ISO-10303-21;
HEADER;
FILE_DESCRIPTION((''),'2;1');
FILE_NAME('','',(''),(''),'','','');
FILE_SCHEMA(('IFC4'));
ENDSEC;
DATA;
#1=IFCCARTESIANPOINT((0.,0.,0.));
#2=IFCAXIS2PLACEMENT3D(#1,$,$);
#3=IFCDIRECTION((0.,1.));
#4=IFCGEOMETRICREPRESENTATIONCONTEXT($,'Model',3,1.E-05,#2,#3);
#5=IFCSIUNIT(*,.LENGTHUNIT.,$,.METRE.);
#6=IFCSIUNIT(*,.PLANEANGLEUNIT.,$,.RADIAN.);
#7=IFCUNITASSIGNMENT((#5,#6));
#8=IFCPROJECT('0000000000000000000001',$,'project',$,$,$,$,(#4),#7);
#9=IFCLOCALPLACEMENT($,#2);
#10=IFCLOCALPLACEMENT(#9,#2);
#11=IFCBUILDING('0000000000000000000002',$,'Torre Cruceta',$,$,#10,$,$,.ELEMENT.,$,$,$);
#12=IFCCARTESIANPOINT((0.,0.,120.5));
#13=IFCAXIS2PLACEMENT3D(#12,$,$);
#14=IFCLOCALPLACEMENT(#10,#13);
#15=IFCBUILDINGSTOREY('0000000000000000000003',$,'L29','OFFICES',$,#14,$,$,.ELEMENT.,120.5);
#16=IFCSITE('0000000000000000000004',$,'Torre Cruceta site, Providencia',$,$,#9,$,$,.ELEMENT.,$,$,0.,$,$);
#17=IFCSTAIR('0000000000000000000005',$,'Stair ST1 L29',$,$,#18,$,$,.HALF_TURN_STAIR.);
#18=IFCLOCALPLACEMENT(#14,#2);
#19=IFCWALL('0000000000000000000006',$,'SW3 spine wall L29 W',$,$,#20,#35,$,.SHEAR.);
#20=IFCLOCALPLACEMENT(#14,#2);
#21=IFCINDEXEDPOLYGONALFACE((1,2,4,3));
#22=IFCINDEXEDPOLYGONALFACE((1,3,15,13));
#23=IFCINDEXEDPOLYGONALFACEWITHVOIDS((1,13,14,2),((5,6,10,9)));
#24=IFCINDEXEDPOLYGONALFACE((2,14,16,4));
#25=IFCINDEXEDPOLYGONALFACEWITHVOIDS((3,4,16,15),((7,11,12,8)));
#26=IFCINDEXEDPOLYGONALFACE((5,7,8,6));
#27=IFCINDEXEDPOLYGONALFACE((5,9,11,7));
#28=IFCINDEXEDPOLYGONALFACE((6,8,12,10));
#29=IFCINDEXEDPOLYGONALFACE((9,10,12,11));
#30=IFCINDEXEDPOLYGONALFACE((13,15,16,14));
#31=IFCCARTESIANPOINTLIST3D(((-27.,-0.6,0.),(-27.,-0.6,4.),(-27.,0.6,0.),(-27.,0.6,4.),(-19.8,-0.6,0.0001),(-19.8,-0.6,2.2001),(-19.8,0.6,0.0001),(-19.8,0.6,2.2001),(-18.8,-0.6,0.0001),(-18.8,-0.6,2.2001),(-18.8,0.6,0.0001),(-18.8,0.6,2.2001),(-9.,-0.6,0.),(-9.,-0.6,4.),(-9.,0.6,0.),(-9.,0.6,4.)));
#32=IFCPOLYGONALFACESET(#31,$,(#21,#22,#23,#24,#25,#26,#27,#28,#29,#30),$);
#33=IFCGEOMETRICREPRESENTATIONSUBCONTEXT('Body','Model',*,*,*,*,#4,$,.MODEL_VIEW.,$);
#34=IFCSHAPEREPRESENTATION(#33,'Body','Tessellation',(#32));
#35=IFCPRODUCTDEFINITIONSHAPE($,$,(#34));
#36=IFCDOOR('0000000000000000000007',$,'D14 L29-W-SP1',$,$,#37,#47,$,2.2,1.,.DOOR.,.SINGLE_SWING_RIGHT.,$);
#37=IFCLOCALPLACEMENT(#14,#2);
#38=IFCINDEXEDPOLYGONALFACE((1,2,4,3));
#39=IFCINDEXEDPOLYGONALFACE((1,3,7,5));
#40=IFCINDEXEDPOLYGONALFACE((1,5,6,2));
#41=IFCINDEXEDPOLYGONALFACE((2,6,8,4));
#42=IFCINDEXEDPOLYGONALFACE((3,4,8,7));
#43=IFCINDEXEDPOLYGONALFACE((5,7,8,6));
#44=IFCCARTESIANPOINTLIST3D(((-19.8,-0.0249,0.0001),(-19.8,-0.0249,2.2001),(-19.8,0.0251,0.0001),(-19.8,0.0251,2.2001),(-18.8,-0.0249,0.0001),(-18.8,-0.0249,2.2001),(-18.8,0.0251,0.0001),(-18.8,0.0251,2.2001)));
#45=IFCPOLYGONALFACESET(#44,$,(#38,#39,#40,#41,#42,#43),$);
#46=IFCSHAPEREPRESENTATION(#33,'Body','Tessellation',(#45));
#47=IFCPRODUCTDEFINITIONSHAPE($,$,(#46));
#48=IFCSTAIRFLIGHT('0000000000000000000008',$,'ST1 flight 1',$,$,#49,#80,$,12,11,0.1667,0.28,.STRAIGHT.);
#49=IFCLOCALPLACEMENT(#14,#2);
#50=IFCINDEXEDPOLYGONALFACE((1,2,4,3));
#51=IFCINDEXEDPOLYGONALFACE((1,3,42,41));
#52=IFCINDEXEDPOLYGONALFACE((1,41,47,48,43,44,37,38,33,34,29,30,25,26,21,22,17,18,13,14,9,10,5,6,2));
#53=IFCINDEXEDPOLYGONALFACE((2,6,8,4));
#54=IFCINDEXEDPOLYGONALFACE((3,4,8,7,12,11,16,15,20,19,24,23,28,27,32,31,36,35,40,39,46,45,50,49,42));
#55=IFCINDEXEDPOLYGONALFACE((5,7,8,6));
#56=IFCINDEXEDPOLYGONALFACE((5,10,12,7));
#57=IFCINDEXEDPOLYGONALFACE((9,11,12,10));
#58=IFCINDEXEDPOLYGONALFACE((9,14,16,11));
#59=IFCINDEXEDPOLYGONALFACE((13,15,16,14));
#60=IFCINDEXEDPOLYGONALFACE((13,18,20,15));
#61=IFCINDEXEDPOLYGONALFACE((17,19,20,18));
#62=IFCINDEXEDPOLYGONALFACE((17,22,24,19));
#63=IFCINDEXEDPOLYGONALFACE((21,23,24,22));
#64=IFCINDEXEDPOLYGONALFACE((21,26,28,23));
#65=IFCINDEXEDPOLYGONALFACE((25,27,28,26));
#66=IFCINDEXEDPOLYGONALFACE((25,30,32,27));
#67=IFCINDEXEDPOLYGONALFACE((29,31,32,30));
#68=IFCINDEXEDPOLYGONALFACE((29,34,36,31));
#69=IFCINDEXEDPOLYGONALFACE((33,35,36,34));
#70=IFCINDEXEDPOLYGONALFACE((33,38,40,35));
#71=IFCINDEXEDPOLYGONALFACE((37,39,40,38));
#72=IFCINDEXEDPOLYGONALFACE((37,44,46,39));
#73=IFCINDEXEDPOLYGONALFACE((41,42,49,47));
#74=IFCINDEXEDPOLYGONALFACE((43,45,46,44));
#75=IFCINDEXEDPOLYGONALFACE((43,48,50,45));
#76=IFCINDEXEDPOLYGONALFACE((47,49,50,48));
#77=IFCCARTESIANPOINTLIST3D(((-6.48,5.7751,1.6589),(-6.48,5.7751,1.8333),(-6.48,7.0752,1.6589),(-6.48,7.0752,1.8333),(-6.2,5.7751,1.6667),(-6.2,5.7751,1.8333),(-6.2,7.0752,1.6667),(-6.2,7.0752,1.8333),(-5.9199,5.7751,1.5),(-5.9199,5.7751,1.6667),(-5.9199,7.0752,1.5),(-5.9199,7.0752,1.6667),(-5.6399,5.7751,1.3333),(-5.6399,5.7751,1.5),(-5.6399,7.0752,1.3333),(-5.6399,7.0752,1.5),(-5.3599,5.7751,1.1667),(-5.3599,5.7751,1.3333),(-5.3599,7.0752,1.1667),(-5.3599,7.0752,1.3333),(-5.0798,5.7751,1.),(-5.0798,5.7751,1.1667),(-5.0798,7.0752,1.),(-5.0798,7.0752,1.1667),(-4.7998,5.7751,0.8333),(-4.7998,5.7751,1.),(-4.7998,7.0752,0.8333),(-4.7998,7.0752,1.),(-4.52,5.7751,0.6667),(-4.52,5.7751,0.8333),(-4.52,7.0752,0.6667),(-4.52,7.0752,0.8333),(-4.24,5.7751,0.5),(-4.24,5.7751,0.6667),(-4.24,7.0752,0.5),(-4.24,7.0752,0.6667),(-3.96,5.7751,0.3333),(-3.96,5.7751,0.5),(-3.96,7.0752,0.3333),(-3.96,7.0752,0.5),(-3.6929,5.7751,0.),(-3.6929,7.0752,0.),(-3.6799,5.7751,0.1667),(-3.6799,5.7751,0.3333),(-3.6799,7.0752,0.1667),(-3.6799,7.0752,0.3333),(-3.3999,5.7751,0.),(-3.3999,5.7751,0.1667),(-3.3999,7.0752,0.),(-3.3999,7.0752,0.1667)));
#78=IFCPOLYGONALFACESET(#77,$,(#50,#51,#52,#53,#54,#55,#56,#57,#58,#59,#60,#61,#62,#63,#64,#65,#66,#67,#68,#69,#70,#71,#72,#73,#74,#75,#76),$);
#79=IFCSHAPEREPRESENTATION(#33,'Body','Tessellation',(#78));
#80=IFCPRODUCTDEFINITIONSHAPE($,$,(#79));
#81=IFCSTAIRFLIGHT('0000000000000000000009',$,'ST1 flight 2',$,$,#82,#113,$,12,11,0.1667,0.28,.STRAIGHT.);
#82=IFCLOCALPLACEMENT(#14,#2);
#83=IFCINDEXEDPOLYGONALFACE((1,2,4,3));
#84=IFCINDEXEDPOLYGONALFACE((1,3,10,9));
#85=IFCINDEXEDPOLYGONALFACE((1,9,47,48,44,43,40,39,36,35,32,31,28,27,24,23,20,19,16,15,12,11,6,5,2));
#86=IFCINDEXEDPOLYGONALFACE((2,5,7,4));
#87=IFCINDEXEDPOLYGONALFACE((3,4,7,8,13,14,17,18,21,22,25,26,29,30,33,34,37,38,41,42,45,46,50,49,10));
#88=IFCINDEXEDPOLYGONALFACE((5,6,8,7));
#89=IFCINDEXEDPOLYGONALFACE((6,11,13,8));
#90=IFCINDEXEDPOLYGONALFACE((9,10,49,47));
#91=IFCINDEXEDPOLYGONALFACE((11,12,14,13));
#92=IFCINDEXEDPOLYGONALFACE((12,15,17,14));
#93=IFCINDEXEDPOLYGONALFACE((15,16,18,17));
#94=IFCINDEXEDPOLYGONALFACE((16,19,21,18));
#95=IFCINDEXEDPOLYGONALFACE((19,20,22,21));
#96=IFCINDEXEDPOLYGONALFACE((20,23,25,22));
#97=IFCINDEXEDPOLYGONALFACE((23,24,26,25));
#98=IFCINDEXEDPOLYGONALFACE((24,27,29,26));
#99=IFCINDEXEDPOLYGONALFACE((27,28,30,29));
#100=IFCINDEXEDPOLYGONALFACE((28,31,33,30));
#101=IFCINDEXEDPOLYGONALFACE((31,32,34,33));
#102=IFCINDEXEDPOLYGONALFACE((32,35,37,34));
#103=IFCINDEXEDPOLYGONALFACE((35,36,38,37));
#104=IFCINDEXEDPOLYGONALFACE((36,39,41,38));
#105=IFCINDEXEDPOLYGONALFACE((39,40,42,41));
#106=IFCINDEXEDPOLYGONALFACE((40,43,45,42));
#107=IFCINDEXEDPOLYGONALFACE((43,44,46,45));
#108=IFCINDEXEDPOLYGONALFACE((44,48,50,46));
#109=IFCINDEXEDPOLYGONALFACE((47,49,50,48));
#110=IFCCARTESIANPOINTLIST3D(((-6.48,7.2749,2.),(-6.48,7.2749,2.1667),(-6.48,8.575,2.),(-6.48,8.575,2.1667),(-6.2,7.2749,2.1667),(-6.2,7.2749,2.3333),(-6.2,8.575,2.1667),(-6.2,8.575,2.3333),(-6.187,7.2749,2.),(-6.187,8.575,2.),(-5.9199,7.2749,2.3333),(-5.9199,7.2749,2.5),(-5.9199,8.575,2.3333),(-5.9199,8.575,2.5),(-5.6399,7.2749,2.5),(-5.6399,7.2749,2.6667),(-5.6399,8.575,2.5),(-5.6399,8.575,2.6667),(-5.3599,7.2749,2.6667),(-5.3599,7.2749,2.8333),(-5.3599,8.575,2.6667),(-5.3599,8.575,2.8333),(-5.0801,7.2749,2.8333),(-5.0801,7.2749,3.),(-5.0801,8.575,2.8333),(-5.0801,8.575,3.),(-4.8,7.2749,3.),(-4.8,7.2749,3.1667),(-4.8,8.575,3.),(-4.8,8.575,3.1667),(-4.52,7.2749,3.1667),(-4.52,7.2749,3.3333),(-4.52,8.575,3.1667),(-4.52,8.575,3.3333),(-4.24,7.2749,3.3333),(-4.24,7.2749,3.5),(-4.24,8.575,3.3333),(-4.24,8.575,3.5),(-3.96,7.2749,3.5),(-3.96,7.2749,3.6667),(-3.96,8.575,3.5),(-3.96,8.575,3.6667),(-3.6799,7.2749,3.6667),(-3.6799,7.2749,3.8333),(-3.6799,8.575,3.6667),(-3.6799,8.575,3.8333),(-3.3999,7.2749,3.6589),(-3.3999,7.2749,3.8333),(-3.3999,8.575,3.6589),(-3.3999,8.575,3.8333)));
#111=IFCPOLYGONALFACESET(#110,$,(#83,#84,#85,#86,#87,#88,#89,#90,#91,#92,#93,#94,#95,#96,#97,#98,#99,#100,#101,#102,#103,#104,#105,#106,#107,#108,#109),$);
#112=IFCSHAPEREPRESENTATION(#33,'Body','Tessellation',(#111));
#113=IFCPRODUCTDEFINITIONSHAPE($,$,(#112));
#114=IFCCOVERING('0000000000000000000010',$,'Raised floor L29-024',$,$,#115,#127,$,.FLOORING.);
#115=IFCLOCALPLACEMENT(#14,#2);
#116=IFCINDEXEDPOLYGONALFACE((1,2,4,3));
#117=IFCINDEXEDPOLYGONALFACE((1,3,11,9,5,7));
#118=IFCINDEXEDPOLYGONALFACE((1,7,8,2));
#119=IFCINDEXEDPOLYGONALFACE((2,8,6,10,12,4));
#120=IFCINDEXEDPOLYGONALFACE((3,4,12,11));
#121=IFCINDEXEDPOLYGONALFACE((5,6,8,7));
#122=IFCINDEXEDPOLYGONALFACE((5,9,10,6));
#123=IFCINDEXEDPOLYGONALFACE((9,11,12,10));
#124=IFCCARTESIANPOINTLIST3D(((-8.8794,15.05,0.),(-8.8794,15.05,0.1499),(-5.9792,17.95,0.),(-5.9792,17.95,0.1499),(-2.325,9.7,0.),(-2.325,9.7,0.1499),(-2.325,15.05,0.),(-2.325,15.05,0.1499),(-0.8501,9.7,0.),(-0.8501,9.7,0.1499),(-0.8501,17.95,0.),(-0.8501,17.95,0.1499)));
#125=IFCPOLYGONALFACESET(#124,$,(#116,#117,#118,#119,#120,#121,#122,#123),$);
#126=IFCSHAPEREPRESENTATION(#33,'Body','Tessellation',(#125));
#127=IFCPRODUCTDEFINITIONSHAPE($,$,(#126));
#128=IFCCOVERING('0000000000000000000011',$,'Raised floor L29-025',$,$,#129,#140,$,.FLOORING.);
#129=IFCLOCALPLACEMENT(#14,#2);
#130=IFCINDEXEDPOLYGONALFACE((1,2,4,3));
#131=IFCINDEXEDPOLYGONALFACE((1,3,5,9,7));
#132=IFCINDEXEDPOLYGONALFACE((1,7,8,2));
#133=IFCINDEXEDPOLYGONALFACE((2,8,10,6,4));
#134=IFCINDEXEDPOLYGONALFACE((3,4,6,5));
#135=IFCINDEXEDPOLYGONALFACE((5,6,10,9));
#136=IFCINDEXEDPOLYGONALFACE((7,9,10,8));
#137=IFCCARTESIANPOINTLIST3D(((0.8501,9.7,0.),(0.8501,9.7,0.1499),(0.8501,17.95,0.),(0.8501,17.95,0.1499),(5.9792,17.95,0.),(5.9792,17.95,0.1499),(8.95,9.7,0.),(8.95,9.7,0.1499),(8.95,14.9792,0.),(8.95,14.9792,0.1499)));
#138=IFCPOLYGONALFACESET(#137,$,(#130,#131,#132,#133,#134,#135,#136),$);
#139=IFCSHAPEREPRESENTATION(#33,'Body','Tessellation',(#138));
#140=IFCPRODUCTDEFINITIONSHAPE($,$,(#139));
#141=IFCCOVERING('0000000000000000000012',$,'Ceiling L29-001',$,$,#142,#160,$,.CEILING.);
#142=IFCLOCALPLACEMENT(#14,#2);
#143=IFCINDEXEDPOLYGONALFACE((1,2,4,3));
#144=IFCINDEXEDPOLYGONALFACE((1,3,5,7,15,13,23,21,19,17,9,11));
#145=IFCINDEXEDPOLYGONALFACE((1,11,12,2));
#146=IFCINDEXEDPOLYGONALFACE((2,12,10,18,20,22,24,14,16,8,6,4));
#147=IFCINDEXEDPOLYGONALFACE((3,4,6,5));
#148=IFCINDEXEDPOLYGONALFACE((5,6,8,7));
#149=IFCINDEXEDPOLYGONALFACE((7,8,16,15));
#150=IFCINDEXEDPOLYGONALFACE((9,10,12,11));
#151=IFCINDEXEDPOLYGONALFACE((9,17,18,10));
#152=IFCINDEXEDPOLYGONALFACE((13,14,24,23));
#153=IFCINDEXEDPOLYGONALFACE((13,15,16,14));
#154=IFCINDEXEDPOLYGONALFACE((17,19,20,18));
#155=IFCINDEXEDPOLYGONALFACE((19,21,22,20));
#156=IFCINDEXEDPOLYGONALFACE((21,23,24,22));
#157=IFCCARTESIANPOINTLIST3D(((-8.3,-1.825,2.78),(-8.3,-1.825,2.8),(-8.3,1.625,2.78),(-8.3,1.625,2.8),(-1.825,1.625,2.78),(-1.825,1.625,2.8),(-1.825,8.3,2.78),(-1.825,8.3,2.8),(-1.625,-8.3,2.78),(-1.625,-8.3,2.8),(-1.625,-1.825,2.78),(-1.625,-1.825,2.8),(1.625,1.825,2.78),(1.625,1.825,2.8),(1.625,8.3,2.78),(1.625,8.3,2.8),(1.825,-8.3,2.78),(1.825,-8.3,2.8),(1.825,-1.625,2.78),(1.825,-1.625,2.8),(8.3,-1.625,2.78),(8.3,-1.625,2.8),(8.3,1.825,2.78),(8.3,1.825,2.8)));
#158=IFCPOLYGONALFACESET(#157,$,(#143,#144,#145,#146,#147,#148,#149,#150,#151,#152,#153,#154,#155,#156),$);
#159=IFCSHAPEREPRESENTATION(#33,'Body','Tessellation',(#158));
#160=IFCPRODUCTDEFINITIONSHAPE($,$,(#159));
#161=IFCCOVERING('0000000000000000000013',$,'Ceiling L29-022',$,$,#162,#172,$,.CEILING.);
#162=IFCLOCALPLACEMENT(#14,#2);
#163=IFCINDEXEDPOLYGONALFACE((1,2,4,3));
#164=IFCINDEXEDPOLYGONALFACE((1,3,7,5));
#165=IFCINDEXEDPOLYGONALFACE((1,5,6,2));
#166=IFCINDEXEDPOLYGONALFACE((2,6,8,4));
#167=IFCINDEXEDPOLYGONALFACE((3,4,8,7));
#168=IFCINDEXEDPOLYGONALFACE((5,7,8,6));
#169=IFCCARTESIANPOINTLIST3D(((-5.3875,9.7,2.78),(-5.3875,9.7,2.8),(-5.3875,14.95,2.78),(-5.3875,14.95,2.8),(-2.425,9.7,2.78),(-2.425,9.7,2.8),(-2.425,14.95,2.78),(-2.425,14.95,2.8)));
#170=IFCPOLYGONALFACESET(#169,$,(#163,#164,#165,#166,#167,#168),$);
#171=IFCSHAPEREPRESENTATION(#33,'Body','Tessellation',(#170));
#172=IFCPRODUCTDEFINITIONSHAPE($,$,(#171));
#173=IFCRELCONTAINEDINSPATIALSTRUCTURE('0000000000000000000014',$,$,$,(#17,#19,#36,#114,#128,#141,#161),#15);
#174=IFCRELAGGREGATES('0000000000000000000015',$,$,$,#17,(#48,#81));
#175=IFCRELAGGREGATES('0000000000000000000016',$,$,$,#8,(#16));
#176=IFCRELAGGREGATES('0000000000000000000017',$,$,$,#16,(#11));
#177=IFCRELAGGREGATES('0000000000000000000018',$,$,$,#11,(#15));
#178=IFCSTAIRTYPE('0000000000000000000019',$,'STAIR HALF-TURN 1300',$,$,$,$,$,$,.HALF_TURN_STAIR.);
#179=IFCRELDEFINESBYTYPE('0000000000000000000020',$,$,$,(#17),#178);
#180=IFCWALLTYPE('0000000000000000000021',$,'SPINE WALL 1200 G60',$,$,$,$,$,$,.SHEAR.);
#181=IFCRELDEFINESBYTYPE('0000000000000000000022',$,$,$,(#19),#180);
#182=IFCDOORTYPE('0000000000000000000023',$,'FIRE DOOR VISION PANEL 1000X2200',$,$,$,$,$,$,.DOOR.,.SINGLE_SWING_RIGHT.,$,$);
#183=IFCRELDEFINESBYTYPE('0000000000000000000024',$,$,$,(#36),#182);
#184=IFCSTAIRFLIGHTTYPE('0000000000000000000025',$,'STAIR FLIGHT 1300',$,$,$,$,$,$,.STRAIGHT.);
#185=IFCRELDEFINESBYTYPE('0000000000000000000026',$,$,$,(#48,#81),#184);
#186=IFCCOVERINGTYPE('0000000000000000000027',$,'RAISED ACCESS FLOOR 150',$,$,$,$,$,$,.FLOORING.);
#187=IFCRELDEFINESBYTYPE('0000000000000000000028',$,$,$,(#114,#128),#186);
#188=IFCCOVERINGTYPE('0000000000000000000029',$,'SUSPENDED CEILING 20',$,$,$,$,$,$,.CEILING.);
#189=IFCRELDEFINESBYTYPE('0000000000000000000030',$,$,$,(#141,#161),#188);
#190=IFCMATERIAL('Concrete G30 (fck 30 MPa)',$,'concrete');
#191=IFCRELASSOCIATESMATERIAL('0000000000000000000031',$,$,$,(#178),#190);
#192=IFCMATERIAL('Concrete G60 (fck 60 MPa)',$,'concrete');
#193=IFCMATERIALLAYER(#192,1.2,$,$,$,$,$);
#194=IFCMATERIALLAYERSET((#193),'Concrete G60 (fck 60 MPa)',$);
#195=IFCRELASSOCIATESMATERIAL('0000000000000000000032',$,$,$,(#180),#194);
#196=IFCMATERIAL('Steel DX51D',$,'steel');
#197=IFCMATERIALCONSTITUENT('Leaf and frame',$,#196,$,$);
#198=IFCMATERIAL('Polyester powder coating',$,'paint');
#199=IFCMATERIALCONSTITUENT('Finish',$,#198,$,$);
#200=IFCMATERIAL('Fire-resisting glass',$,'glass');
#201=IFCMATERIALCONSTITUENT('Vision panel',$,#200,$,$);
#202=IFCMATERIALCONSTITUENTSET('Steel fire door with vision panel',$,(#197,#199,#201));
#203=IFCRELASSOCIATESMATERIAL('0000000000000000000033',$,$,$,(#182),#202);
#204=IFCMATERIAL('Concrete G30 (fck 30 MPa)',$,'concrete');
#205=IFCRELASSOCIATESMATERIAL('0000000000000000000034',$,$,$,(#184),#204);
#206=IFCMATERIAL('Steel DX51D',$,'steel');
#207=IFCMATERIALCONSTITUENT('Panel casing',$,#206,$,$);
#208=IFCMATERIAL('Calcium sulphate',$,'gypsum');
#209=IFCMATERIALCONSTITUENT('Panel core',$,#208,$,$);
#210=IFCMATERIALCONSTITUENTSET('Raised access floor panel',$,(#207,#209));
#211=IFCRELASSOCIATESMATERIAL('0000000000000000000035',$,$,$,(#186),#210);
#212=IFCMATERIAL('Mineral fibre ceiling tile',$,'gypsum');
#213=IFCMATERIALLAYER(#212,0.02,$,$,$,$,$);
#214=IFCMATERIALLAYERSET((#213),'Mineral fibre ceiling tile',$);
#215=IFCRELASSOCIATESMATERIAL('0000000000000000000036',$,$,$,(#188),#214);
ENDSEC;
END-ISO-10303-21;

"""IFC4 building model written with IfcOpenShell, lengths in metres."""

from ifc_helpers import new_model, si_unit, direction, frame, frame_2d, origin, place, context, subcontext, project, spatial, polyline, rectangle, outline, extrude, material, layer, layer_set, constituent, constituent_set, type_object, element, fill, aggregate, save


model = new_model("IFC4")

# Units and contexts
model_context = context("Model", 3, precision=1e-05, world=origin(), true_north=direction((0.0, 1.0)))
body_context = subcontext(model_context, "Body", "Model", "MODEL_VIEW")
ifc_project = project(units=[si_unit("LENGTHUNIT", "METRE"), si_unit("PLANEANGLEUNIT", "RADIAN")], contexts=[model_context])

# Site, building, storey
site_placement = place(None, origin())
site = spatial("IfcSite", under=ifc_project, at=site_placement, Name="Torre Cruceta site, Providencia", CompositionType="ELEMENT", RefElevation=0.0)
building_placement = place(site_placement, origin())
building = spatial("IfcBuilding", under=site, at=building_placement, Name="Torre Cruceta", CompositionType="ELEMENT")
storey_placement = place(building_placement, frame((0.0, 0.0, 120.5)))
storey = spatial("IfcBuildingStorey", under=building, at=storey_placement, Name="L29", Description="OFFICES", CompositionType="ELEMENT", Elevation=120.5)

# Stair
ifc_material_1 = material(Name="Concrete G30 (fck 30 MPa)", Category="concrete")
stair_type = type_object("IfcStairType", Name="STAIR HALF-TURN 1300", PredefinedType="HALF_TURN_STAIR", material=ifc_material_1)
stair_1_placement = place(storey_placement, origin())
stair_1 = element("IfcStair", 1, at=stair_1_placement, inside=storey, type_object=stair_type, Name="Stair ST1 L29", PredefinedType="HALF_TURN_STAIR")

# Wall, opening, door
ifc_material_2 = material(Name="Concrete G60 (fck 60 MPa)", Category="concrete")
ifc_layer_1 = layer(ifc_material_2, 1.2)
ifc_layer_set_1 = layer_set([ifc_layer_1], Name="Concrete G60 (fck 60 MPa)")
wall_type_1 = type_object("IfcWallType", Name="SPINE WALL 1200 G60", PredefinedType="SHEAR", material=ifc_layer_set_1)
wall_1_placement = place(storey_placement, frame((-9.0, 0.0, 0.0), z_axis=(0.0, 0.0, 1.0), x_axis=(-1.0, 0.0, 0.0)))
wall_1 = element("IfcWall", 2, at=wall_1_placement, inside=storey, type_object=wall_type_1, Name="SW3 spine wall L29 W", PredefinedType="SHEAR", context=body_context, shape_type="SweptSolid", body=[
    extrude(rectangle(XDim=18.0, YDim=1.2, at=frame_2d((9.0, 0.0))), origin(), (0.0, 0.0, 1.0), 4.0),
])
opening_1_placement = place(wall_1_placement, frame((9.8, 0.0, 0.0)))
opening_1 = element("IfcOpeningElement", 3, at=opening_1_placement, cuts=wall_1, PredefinedType="OPENING", context=body_context, shape_type="SweptSolid", body=[
    extrude(rectangle(XDim=1.0, YDim=2.2, at=frame_2d((0.5, 1.1001))), frame((0.0, 0.6099, 0.0), z_axis=(0.0, -1.0, 0.0), x_axis=(1.0, 0.0, 0.0)), (0.0, 0.0, 1.0), 1.22),
])
ifc_material_3 = material(Name="Steel DX51D", Category="steel")
ifc_constituent_1 = constituent(ifc_material_3, Name="Leaf and frame")
ifc_material_4 = material(Name="Polyester powder coating", Category="paint")
ifc_constituent_2 = constituent(ifc_material_4, Name="Finish")
ifc_material_5 = material(Name="Fire-resisting glass", Category="glass")
ifc_constituent_3 = constituent(ifc_material_5, Name="Vision panel")
ifc_constituent_set_1 = constituent_set(constituents=[ifc_constituent_1, ifc_constituent_2, ifc_constituent_3], Name="Steel fire door with vision panel")
door_type_1 = type_object("IfcDoorType", Name="FIRE DOOR VISION PANEL 1000X2200", OperationType="SINGLE_SWING_RIGHT", PredefinedType="DOOR", material=ifc_constituent_set_1)
door_1_placement = place(opening_1_placement, frame((1.0, 0.0, 0.0), z_axis=(0.0, 0.0, 1.0), x_axis=(-1.0, 0.0, 0.0)))
door_1 = element("IfcDoor", 4, at=door_1_placement, inside=storey, type_object=door_type_1, Name="D14 L29-W-SP1", OperationType="SINGLE_SWING_RIGHT", OverallHeight=2.2, OverallWidth=1.0, PredefinedType="DOOR", context=body_context, shape_type="SweptSolid", body=[
    extrude(rectangle(XDim=1.0, YDim=2.2, at=frame_2d((0.5, 1.1001))), frame((0.0, 0.0251, 0.0), z_axis=(0.0, -1.0, 0.0), x_axis=(1.0, 0.0, 0.0)), (0.0, 0.0, 1.0), 0.05),
])
fill(opening_1, door_1)

# Stair flights
ifc_material_6 = material(Name="Concrete G30 (fck 30 MPa)", Category="concrete")
stair_flight_type = type_object("IfcStairFlightType", Name="STAIR FLIGHT 1300", PredefinedType="STRAIGHT", material=ifc_material_6)
stair_flight_1_placement = place(storey_placement, frame((-3.3999, 6.425, 0.0), z_axis=(0.0, 0.0, 1.0), x_axis=(-1.0, 0.0, 0.0)))
stair_flight_1 = element("IfcStairFlight", 5, at=stair_flight_1_placement, type_object=stair_flight_type, Name="ST1 flight 1", NumberOfRisers=12, NumberOfTreads=11, PredefinedType="STRAIGHT", RiserHeight=0.1667, TreadLength=0.28, context=body_context, shape_type="SweptSolid", body=[
    extrude(outline(polyline([(0.0, 0.0), (0.0, 0.1667), (0.28, 0.1667), (0.28, 0.3333), (0.5601, 0.3333), (0.5601, 0.5), (0.8401, 0.5), (0.8401, 0.6667), (1.1201, 0.6667), (1.1201, 0.8333), (1.3999, 0.8333), (1.3999, 1.0), (1.6799, 1.0), (1.6799, 1.1667), (1.96, 1.1667), (1.96, 1.3333), (2.24, 1.3333), (2.24, 1.5), (2.52, 1.5), (2.52, 1.6667), (2.8, 1.6667), (2.8, 1.8333), (3.0801, 1.8333), (3.0801, 2.0), (3.0801, 1.6589), (0.293, 0.0), (0.0, 0.0)])), frame((0.0, 0.6499, 0.0), z_axis=(0.0, -1.0, 0.0), x_axis=(1.0, 0.0, 0.0)), (0.0, 0.0, 1.0), 1.3),
])
stair_flight_2_placement = place(storey_placement, frame((-6.48, 7.925, 2.0), z_axis=(0.0, 0.0, 1.0), x_axis=(1.0, 0.0, 0.0)))
stair_flight_2 = element("IfcStairFlight", 6, at=stair_flight_2_placement, type_object=stair_flight_type, Name="ST1 flight 2", NumberOfRisers=12, NumberOfTreads=11, PredefinedType="STRAIGHT", RiserHeight=0.1667, TreadLength=0.28, context=body_context, shape_type="SweptSolid", body=[
    extrude(outline(polyline([(0.0, 0.0), (0.0, 0.1667), (0.28, 0.1667), (0.28, 0.3333), (0.5601, 0.3333), (0.5601, 0.5), (0.8401, 0.5), (0.8401, 0.6667), (1.1201, 0.6667), (1.1201, 0.8333), (1.3999, 0.8333), (1.3999, 1.0), (1.6799, 1.0), (1.6799, 1.1667), (1.96, 1.1667), (1.96, 1.3333), (2.24, 1.3333), (2.24, 1.5), (2.52, 1.5), (2.52, 1.6667), (2.8, 1.6667), (2.8, 1.8333), (3.0801, 1.8333), (3.0801, 2.0), (3.0801, 1.6589), (0.293, 0.0), (0.0, 0.0)])), frame((0.0, 0.6499, 0.0), z_axis=(0.0, -1.0, 0.0), x_axis=(1.0, 0.0, 0.0)), (0.0, 0.0, 1.0), 1.3),
])
aggregate(stair_1, [stair_flight_1, stair_flight_2])

# Coverings
ifc_material_7 = material(Name="Steel DX51D", Category="steel")
ifc_constituent_4 = constituent(ifc_material_7, Name="Panel casing")
ifc_material_8 = material(Name="Calcium sulphate", Category="gypsum")
ifc_constituent_5 = constituent(ifc_material_8, Name="Panel core")
ifc_constituent_set_2 = constituent_set(constituents=[ifc_constituent_4, ifc_constituent_5], Name="Raised access floor panel")
covering_type_1 = type_object("IfcCoveringType", Name="RAISED ACCESS FLOOR 150", PredefinedType="FLOORING", material=ifc_constituent_set_2)
covering_1_placement = place(storey_placement, origin())
element("IfcCovering", 7, at=covering_1_placement, inside=storey, type_object=covering_type_1, Name="Raised floor L29-024", PredefinedType="FLOORING", context=body_context, shape_type="SweptSolid", body=[
    extrude(outline(polyline([(-0.8501, 17.95), (-0.8501, 9.7), (-2.325, 9.7), (-2.325, 15.05), (-8.8794, 15.05), (-5.9792, 17.95), (-0.8501, 17.95)])), origin(), (0.0, 0.0, 1.0), 0.1499),
])
covering_2_placement = place(storey_placement, origin())
element("IfcCovering", 8, at=covering_2_placement, inside=storey, type_object=covering_type_1, Name="Raised floor L29-025", PredefinedType="FLOORING", context=body_context, shape_type="SweptSolid", body=[
    extrude(outline(polyline([(5.9792, 17.95), (8.95, 14.9792), (8.95, 9.7), (0.8501, 9.7), (0.8501, 17.95), (5.9792, 17.95)])), origin(), (0.0, 0.0, 1.0), 0.1499),
])
ifc_material_9 = material(Name="Mineral fibre ceiling tile", Category="gypsum")
ifc_layer_2 = layer(ifc_material_9, 0.02)
ifc_layer_set_2 = layer_set([ifc_layer_2], Name="Mineral fibre ceiling tile")
covering_type_2 = type_object("IfcCoveringType", Name="SUSPENDED CEILING 20", PredefinedType="CEILING", material=ifc_layer_set_2)
covering_3_placement = place(storey_placement, frame((0.0, 0.0, 2.78)))
element("IfcCovering", 9, at=covering_3_placement, inside=storey, type_object=covering_type_2, Name="Ceiling L29-001", PredefinedType="CEILING", context=body_context, shape_type="SweptSolid", body=[
    extrude(outline(polyline([(-1.625, -8.3), (-1.625, -1.825), (-8.3, -1.825), (-8.3, 1.625), (-1.825, 1.625), (-1.825, 8.3), (1.625, 8.3), (1.625, 1.825), (8.3, 1.825), (8.3, -1.625), (1.825, -1.625), (1.825, -8.3), (-1.625, -8.3)])), origin(), (0.0, 0.0, 1.0), 0.02),
])
covering_4_placement = place(storey_placement, frame((0.0, 0.0, 2.78)))
element("IfcCovering", 10, at=covering_4_placement, inside=storey, type_object=covering_type_2, Name="Ceiling L29-022", PredefinedType="CEILING", context=body_context, shape_type="SweptSolid", body=[
    extrude(outline(polyline([(-2.425, 9.7), (-5.3875, 9.7), (-5.3875, 14.95), (-2.425, 14.95), (-2.425, 9.7)])), origin(), (0.0, 0.0, 1.0), 0.02),
])

save(model, "model.ifc")
